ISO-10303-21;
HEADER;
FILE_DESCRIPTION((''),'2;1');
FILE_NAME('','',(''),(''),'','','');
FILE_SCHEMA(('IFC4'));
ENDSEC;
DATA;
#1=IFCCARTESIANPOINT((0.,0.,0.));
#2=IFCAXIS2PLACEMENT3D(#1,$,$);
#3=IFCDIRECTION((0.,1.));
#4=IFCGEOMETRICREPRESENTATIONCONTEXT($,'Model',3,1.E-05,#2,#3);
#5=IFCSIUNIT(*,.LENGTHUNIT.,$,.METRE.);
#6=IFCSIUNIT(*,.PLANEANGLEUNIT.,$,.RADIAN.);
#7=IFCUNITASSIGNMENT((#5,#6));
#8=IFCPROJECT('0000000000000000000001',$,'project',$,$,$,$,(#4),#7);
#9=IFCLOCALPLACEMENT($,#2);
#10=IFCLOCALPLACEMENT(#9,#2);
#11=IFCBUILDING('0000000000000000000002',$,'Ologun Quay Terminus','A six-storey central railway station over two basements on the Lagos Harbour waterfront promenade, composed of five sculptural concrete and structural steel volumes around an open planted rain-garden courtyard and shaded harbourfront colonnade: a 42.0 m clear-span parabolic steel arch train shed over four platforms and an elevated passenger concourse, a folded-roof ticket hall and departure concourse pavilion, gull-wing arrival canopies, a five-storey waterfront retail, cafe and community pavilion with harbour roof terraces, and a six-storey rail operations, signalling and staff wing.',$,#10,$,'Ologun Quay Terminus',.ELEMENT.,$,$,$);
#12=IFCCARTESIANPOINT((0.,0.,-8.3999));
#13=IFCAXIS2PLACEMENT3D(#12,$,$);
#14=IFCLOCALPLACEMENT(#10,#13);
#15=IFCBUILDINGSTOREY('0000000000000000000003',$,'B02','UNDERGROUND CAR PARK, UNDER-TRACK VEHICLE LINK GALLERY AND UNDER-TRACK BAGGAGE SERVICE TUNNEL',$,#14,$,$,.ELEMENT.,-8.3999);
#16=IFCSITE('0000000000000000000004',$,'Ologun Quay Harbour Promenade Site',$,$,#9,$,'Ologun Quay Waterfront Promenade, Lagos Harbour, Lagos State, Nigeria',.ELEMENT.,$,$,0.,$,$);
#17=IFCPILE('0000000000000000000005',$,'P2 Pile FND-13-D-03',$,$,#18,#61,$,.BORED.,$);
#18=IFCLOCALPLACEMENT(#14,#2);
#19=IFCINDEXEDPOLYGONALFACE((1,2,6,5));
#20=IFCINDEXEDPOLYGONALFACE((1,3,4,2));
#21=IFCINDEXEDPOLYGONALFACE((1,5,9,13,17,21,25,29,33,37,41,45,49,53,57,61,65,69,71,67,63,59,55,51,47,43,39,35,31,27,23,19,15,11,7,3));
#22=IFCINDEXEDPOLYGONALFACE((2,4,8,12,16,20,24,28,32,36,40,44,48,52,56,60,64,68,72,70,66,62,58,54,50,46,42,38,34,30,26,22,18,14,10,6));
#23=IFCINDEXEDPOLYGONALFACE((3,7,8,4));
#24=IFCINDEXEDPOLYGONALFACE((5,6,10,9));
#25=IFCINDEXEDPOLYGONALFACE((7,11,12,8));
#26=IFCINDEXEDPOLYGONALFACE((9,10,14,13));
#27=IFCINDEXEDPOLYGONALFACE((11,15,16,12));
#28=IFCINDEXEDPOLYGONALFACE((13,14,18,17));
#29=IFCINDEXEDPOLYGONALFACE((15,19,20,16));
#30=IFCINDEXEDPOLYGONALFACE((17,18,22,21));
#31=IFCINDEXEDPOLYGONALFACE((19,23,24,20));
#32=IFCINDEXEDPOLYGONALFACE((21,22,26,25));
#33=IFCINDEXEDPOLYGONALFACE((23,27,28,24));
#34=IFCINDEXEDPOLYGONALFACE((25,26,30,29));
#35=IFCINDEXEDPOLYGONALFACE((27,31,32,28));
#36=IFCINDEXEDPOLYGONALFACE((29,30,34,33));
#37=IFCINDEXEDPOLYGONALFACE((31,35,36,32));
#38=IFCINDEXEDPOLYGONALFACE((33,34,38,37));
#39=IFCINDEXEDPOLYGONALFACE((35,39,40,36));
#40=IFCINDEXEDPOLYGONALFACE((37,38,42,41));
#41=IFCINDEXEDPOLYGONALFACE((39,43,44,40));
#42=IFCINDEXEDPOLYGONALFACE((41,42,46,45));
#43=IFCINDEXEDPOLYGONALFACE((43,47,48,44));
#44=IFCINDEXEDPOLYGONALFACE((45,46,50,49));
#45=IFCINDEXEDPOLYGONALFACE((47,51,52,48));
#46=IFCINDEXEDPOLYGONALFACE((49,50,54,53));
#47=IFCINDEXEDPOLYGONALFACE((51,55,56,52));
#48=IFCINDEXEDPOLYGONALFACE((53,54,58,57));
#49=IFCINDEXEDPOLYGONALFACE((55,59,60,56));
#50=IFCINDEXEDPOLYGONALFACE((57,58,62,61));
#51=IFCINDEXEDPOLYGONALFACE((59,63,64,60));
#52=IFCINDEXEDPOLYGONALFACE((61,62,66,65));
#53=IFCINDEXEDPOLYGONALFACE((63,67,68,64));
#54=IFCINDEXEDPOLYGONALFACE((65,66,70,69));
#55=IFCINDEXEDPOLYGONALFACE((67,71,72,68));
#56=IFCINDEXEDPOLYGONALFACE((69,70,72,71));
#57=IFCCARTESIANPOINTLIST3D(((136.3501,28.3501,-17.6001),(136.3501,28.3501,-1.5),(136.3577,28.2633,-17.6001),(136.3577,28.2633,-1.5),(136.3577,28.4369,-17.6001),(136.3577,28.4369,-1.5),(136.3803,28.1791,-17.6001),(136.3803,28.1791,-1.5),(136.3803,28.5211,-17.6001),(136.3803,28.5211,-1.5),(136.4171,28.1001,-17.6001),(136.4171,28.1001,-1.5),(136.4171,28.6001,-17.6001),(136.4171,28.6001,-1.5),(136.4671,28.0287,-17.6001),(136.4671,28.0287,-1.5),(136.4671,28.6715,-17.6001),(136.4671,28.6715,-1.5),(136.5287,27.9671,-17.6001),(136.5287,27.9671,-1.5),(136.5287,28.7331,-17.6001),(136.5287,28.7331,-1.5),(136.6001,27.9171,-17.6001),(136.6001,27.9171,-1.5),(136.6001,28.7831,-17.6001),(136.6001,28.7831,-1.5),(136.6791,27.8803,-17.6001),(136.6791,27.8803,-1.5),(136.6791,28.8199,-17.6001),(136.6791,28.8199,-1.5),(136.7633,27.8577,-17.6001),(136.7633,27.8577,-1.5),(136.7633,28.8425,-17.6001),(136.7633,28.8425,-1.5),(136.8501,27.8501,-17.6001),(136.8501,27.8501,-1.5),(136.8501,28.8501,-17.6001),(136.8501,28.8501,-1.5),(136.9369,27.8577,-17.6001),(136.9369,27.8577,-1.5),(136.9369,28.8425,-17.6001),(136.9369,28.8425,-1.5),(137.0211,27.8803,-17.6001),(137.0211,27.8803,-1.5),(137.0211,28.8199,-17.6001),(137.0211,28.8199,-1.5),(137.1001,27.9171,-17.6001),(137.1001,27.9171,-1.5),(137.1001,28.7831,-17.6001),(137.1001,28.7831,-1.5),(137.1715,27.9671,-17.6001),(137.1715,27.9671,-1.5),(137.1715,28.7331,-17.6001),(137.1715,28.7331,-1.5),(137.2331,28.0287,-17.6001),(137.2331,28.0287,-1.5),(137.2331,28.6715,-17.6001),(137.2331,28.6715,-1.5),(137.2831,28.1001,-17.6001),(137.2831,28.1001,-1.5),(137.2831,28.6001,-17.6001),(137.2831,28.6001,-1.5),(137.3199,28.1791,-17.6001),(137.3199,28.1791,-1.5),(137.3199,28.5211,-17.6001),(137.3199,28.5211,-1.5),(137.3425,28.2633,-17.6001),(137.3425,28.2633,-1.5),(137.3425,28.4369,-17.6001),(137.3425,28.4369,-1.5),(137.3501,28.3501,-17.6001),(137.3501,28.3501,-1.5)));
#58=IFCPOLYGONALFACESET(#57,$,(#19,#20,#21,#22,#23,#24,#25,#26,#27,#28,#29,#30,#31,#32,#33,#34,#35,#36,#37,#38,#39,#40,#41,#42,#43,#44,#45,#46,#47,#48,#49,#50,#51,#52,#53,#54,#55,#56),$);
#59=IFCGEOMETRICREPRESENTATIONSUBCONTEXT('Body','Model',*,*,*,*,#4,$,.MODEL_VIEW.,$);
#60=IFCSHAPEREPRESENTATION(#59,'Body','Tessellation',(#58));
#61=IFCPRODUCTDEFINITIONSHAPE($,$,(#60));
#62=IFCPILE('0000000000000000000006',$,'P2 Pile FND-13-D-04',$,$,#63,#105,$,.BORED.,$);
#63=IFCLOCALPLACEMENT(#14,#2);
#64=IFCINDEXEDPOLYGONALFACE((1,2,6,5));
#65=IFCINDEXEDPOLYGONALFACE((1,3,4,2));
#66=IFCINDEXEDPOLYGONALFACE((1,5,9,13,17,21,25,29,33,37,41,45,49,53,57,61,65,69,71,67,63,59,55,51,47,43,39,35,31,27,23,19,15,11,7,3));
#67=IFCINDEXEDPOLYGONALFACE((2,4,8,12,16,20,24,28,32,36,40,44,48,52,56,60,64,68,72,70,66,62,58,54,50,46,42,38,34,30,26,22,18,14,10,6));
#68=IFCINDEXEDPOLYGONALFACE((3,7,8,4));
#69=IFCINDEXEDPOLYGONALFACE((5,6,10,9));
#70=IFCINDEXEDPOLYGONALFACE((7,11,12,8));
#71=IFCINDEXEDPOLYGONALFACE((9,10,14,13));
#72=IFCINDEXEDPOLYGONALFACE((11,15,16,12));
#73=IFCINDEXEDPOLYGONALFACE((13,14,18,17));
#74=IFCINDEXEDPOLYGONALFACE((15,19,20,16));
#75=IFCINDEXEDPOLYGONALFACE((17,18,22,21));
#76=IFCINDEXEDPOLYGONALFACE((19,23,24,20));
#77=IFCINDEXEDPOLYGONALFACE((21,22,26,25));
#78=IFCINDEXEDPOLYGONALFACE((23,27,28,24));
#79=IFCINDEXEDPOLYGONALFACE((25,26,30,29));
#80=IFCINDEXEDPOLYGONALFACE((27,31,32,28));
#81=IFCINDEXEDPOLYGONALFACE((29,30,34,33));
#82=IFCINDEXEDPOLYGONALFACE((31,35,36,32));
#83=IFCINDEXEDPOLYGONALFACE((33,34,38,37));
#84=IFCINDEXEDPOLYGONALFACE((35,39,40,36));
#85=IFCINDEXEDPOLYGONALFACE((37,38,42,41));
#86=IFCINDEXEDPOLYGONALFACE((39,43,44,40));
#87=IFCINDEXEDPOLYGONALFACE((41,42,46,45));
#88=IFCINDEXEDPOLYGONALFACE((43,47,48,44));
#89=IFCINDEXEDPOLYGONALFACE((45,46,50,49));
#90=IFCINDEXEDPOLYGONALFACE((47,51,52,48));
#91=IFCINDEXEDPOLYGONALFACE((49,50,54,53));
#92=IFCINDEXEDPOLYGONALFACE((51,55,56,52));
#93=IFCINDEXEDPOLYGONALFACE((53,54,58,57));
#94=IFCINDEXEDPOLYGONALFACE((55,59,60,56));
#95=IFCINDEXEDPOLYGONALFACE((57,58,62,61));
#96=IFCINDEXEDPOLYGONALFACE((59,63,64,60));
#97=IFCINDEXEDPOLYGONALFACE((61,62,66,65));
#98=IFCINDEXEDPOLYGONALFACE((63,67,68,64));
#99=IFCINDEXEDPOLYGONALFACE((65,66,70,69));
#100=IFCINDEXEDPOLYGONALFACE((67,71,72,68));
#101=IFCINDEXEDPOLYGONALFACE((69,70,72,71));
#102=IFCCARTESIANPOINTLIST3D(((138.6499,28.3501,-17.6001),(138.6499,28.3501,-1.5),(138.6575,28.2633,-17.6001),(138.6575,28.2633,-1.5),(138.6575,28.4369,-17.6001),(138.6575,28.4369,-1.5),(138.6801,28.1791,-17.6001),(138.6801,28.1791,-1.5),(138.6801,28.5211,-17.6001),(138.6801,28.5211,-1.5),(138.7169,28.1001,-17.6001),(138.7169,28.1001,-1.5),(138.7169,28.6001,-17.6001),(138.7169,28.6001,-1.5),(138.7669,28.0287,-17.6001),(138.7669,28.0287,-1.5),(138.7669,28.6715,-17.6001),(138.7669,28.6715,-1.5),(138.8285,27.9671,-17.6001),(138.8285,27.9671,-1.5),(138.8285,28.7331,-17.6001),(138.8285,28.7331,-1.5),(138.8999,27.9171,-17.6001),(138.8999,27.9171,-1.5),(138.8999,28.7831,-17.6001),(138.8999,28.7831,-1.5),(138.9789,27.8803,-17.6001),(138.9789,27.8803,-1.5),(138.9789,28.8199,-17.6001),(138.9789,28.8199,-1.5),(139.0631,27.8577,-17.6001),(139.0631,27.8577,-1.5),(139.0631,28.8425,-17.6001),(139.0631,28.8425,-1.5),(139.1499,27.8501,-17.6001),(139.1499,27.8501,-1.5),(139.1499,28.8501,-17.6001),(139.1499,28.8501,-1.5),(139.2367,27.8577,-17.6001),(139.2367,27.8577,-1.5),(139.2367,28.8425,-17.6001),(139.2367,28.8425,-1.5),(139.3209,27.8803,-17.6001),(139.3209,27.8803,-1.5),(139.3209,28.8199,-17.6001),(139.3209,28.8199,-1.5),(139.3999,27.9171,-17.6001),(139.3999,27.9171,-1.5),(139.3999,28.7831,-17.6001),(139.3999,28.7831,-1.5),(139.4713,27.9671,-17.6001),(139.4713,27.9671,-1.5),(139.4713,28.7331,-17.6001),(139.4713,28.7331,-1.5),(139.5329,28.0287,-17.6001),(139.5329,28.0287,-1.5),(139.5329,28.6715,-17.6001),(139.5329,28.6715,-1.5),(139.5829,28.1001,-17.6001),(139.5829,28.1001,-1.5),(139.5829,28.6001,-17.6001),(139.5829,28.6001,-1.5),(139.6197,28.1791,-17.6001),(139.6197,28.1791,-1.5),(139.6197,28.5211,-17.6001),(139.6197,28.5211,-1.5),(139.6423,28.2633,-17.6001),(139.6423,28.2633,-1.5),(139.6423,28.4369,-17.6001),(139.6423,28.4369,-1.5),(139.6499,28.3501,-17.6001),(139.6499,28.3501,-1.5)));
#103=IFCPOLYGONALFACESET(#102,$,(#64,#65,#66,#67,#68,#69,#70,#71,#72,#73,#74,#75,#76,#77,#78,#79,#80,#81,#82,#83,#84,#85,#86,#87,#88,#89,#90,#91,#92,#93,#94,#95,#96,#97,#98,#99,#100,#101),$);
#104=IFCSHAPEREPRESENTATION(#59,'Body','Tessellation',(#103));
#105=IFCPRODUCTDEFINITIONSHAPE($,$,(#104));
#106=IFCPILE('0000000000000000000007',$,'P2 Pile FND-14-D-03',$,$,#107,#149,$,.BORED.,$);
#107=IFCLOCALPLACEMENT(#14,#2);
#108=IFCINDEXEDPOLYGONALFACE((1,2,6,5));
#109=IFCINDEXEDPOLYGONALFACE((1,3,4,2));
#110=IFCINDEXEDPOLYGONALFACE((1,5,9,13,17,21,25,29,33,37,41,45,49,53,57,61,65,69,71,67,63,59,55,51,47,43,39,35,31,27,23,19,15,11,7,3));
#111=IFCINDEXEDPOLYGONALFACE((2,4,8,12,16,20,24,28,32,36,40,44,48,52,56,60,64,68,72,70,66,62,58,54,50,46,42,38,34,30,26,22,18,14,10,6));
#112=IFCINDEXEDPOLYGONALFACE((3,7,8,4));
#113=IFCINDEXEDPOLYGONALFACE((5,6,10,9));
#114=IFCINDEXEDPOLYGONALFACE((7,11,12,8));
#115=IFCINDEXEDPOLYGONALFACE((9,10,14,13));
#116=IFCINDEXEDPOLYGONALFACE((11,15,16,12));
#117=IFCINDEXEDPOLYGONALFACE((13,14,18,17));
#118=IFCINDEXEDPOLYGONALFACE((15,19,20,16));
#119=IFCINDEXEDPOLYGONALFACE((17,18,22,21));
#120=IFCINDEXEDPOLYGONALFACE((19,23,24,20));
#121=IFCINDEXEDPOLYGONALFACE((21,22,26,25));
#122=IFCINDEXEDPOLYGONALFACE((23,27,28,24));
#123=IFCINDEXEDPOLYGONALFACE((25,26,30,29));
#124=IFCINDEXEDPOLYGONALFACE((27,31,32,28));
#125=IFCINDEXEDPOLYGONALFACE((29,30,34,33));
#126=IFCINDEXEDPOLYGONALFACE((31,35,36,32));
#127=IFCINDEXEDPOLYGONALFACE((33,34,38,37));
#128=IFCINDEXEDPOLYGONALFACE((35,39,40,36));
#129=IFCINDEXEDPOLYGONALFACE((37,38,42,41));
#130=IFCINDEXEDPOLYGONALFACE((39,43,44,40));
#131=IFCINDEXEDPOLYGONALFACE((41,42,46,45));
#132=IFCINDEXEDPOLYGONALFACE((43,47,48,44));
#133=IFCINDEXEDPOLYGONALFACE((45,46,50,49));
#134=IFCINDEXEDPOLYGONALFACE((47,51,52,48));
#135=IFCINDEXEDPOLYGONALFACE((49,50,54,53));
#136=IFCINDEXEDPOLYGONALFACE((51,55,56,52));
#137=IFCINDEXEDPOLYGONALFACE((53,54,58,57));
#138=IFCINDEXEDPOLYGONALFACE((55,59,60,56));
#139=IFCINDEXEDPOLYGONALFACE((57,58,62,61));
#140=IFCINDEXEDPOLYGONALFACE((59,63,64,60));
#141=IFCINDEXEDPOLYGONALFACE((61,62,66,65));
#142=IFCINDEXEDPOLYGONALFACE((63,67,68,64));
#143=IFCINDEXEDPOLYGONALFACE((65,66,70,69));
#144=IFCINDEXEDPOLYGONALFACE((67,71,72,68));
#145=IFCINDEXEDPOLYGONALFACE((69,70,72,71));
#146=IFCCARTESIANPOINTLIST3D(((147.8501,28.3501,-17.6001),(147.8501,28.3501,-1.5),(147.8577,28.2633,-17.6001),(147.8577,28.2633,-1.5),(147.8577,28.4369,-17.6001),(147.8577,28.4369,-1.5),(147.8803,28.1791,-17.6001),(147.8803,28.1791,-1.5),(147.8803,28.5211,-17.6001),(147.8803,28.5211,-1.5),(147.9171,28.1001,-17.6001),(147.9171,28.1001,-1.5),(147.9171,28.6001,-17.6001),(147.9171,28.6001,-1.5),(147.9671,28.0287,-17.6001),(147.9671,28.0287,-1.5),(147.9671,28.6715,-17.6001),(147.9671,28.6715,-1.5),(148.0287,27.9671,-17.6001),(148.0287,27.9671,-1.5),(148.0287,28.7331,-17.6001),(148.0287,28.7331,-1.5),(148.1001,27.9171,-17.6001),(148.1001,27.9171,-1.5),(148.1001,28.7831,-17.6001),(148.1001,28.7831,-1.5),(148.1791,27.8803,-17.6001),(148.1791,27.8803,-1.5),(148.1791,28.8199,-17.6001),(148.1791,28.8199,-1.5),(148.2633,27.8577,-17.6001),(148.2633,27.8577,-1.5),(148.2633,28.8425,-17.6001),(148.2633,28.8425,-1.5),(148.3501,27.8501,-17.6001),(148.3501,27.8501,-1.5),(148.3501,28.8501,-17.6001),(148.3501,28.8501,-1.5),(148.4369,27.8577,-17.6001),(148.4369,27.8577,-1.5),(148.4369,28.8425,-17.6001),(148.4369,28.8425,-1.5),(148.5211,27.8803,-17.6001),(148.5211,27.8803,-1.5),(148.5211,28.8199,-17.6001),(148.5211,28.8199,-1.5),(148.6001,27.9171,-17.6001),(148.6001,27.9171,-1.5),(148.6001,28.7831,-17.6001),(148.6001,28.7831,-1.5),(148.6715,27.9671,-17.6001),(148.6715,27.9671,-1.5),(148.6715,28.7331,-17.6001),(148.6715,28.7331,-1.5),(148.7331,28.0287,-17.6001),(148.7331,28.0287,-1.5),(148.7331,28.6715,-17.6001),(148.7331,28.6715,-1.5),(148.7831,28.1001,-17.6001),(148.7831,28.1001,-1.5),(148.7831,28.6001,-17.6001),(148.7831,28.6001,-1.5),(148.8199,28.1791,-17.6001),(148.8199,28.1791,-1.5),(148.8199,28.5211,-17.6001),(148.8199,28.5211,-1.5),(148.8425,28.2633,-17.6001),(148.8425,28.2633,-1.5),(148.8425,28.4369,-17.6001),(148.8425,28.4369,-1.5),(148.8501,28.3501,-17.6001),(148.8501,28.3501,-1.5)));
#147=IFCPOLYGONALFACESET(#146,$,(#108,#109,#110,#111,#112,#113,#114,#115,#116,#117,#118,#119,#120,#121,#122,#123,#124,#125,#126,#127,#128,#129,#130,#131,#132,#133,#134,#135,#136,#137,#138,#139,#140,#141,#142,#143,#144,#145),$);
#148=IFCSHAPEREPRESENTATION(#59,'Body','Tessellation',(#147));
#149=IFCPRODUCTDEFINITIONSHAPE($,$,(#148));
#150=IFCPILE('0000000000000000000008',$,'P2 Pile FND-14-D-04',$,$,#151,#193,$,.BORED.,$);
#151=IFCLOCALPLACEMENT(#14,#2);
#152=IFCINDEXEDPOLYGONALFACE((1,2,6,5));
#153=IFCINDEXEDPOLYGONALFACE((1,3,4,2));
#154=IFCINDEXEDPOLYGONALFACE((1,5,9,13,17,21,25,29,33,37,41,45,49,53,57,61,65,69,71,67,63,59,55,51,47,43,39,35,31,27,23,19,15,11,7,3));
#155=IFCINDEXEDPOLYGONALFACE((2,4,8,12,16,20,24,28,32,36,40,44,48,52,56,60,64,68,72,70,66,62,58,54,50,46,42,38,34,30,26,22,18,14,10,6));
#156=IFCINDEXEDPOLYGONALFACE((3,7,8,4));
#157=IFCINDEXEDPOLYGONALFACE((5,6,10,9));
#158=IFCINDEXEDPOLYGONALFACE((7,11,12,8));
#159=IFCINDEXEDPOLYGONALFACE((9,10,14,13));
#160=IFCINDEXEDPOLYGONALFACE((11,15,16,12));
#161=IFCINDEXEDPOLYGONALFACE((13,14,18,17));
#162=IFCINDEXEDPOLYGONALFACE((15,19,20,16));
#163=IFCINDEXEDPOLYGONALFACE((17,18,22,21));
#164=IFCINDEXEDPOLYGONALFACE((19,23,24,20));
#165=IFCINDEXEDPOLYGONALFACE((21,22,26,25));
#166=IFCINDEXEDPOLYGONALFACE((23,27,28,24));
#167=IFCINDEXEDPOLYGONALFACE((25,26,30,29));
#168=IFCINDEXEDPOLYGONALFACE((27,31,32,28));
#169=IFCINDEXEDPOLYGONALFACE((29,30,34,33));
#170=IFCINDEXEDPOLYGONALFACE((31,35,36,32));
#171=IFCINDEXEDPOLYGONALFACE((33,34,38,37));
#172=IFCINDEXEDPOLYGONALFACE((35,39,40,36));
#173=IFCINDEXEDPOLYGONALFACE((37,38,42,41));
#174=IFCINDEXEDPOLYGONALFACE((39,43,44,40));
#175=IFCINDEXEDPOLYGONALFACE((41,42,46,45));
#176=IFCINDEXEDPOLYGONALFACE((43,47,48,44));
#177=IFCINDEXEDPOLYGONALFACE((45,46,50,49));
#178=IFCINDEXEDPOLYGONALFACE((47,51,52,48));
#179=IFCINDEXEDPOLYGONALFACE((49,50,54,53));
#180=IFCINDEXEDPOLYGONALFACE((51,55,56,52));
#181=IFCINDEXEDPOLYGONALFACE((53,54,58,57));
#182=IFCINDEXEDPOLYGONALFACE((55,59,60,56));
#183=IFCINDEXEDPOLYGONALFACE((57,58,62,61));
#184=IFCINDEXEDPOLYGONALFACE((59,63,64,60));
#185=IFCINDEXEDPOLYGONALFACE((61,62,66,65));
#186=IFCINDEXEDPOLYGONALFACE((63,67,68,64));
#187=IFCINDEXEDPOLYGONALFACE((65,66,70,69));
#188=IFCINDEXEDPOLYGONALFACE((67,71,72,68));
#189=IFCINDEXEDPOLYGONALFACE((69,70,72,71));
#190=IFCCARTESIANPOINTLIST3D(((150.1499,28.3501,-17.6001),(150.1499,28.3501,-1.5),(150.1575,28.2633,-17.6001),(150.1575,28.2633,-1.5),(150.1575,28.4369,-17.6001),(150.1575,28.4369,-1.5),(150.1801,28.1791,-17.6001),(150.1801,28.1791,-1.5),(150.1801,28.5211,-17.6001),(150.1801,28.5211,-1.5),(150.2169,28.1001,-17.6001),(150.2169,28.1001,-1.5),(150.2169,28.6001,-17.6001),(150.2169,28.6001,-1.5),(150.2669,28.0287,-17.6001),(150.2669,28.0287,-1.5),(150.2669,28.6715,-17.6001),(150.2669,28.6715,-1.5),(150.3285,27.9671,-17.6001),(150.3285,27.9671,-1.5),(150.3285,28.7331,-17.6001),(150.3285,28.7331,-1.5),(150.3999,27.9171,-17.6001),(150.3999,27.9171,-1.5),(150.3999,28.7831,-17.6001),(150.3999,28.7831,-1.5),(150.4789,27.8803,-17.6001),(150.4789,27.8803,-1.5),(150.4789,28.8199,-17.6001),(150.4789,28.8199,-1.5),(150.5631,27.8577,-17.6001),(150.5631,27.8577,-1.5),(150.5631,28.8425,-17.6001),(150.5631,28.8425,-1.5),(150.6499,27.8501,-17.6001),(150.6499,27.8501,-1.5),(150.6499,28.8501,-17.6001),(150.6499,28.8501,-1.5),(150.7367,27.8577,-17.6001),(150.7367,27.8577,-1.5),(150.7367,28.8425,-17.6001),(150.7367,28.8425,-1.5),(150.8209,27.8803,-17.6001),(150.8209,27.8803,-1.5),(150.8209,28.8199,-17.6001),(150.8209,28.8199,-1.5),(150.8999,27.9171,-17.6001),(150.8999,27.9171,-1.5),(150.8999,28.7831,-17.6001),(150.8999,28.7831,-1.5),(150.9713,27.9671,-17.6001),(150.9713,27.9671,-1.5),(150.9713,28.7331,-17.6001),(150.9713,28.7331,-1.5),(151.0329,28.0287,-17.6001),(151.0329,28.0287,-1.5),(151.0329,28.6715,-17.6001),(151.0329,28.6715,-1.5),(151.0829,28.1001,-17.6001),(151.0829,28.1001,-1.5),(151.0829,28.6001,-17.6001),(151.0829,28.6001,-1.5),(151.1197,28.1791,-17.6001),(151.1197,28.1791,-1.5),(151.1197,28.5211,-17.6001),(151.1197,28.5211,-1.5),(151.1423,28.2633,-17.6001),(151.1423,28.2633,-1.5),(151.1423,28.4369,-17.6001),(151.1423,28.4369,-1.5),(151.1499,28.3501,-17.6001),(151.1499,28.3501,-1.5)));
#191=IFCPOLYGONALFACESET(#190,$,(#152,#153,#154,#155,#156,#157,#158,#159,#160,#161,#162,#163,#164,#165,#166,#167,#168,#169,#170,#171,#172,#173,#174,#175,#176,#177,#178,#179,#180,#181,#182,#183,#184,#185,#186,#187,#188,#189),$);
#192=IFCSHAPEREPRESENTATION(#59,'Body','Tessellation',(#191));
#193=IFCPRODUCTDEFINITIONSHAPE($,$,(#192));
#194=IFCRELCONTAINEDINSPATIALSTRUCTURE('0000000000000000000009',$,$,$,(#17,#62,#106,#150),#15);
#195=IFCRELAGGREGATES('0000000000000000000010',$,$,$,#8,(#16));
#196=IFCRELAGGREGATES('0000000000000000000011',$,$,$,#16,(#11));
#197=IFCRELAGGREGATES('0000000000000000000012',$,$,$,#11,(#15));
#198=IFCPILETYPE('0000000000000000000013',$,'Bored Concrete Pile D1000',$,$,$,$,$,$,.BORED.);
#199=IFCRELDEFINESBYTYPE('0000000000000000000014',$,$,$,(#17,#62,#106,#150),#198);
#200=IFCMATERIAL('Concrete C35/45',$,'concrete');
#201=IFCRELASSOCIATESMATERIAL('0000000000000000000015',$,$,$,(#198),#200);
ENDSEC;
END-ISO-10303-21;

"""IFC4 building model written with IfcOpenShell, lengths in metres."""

from ifc_helpers import new_model, si_unit, direction, frame, origin, origin_2d, place, context, subcontext, project, spatial, circle, extrude, material, material_profile, profile_set, type_object, element, save


model = new_model("IFC4")

# Units and contexts
model_context = context("Model", 3, precision=1e-05, world=origin(), true_north=direction((0.0, 1.0)))
body_context = subcontext(model_context, "Body", "Model", "MODEL_VIEW")
ifc_project = project(units=[si_unit("LENGTHUNIT", "METRE"), si_unit("PLANEANGLEUNIT", "RADIAN")], contexts=[model_context])

# Site, building, storey
site_placement = place(None, origin())
site = spatial("IfcSite", under=ifc_project, at=site_placement, Name="Ologun Quay Harbour Promenade Site", LongName="Ologun Quay Waterfront Promenade, Lagos Harbour, Lagos State, Nigeria", CompositionType="ELEMENT", RefElevation=0.0)
building_placement = place(site_placement, origin())
building = spatial("IfcBuilding", under=site, at=building_placement, Name="Ologun Quay Terminus", Description="A six-storey central railway station over two basements on the Lagos Harbour waterfront promenade, composed of five sculptural concrete and structural steel volumes around an open planted rain-garden courtyard and shaded harbourfront colonnade: a 42.0 m clear-span parabolic steel arch train shed over four platforms and an elevated passenger concourse, a folded-roof ticket hall and departure concourse pavilion, gull-wing arrival canopies, a five-storey waterfront retail, cafe and community pavilion with harbour roof terraces, and a six-storey rail operations, signalling and staff wing.", LongName="Ologun Quay Terminus", CompositionType="ELEMENT")
storey_placement = place(building_placement, frame((0.0, 0.0, -8.3999)))
storey = spatial("IfcBuildingStorey", under=building, at=storey_placement, Name="B02", Description="UNDERGROUND CAR PARK, UNDER-TRACK VEHICLE LINK GALLERY AND UNDER-TRACK BAGGAGE SERVICE TUNNEL", CompositionType="ELEMENT", Elevation=-8.3999)

# Piles
ifc_material_1 = material(Name="Concrete C35/45", Category="concrete")
ifc_material_profile_1 = material_profile(ifc_material_1, circle(Radius=0.5, at=origin_2d()), Name="PILE D1000")
ifc_profile_set_1 = profile_set([ifc_material_profile_1], Name="Concrete C35/45")
pile_type_1 = type_object("IfcPileType", Name="Bored Concrete Pile D1000", PredefinedType="BORED", material=ifc_profile_set_1)
for number, where, z_axis, x_axis, name in (
    (1, (136.8501, 28.3501, -1.5), (0.0, 0.0, -1.0), (1.0, 0.0, 0.0), "P2 Pile FND-13-D-03"),
    (2, (139.1499, 28.3501, -1.5), (0.0, 0.0, -1.0), (1.0, 0.0, 0.0), "P2 Pile FND-13-D-04"),
    (3, (148.3501, 28.3501, -1.5), (0.0, 0.0, -1.0), (1.0, 0.0, 0.0), "P2 Pile FND-14-D-03"),
    (4, (150.6499, 28.3501, -1.5), (0.0, 0.0, -1.0), (1.0, 0.0, 0.0), "P2 Pile FND-14-D-04"),
):
    element("IfcPile", number, at=place(storey_placement, frame(where, z_axis=z_axis, x_axis=x_axis)), inside=storey, type_object=pile_type_1, Name=name, PredefinedType="BORED", context=body_context, shape_type="SweptSolid", body=[
        extrude(circle(Radius=0.5, at=origin_2d()), origin(), (0.0, 0.0, 1.0), 16.1001),
    ])

save(model, "model.ifc")
